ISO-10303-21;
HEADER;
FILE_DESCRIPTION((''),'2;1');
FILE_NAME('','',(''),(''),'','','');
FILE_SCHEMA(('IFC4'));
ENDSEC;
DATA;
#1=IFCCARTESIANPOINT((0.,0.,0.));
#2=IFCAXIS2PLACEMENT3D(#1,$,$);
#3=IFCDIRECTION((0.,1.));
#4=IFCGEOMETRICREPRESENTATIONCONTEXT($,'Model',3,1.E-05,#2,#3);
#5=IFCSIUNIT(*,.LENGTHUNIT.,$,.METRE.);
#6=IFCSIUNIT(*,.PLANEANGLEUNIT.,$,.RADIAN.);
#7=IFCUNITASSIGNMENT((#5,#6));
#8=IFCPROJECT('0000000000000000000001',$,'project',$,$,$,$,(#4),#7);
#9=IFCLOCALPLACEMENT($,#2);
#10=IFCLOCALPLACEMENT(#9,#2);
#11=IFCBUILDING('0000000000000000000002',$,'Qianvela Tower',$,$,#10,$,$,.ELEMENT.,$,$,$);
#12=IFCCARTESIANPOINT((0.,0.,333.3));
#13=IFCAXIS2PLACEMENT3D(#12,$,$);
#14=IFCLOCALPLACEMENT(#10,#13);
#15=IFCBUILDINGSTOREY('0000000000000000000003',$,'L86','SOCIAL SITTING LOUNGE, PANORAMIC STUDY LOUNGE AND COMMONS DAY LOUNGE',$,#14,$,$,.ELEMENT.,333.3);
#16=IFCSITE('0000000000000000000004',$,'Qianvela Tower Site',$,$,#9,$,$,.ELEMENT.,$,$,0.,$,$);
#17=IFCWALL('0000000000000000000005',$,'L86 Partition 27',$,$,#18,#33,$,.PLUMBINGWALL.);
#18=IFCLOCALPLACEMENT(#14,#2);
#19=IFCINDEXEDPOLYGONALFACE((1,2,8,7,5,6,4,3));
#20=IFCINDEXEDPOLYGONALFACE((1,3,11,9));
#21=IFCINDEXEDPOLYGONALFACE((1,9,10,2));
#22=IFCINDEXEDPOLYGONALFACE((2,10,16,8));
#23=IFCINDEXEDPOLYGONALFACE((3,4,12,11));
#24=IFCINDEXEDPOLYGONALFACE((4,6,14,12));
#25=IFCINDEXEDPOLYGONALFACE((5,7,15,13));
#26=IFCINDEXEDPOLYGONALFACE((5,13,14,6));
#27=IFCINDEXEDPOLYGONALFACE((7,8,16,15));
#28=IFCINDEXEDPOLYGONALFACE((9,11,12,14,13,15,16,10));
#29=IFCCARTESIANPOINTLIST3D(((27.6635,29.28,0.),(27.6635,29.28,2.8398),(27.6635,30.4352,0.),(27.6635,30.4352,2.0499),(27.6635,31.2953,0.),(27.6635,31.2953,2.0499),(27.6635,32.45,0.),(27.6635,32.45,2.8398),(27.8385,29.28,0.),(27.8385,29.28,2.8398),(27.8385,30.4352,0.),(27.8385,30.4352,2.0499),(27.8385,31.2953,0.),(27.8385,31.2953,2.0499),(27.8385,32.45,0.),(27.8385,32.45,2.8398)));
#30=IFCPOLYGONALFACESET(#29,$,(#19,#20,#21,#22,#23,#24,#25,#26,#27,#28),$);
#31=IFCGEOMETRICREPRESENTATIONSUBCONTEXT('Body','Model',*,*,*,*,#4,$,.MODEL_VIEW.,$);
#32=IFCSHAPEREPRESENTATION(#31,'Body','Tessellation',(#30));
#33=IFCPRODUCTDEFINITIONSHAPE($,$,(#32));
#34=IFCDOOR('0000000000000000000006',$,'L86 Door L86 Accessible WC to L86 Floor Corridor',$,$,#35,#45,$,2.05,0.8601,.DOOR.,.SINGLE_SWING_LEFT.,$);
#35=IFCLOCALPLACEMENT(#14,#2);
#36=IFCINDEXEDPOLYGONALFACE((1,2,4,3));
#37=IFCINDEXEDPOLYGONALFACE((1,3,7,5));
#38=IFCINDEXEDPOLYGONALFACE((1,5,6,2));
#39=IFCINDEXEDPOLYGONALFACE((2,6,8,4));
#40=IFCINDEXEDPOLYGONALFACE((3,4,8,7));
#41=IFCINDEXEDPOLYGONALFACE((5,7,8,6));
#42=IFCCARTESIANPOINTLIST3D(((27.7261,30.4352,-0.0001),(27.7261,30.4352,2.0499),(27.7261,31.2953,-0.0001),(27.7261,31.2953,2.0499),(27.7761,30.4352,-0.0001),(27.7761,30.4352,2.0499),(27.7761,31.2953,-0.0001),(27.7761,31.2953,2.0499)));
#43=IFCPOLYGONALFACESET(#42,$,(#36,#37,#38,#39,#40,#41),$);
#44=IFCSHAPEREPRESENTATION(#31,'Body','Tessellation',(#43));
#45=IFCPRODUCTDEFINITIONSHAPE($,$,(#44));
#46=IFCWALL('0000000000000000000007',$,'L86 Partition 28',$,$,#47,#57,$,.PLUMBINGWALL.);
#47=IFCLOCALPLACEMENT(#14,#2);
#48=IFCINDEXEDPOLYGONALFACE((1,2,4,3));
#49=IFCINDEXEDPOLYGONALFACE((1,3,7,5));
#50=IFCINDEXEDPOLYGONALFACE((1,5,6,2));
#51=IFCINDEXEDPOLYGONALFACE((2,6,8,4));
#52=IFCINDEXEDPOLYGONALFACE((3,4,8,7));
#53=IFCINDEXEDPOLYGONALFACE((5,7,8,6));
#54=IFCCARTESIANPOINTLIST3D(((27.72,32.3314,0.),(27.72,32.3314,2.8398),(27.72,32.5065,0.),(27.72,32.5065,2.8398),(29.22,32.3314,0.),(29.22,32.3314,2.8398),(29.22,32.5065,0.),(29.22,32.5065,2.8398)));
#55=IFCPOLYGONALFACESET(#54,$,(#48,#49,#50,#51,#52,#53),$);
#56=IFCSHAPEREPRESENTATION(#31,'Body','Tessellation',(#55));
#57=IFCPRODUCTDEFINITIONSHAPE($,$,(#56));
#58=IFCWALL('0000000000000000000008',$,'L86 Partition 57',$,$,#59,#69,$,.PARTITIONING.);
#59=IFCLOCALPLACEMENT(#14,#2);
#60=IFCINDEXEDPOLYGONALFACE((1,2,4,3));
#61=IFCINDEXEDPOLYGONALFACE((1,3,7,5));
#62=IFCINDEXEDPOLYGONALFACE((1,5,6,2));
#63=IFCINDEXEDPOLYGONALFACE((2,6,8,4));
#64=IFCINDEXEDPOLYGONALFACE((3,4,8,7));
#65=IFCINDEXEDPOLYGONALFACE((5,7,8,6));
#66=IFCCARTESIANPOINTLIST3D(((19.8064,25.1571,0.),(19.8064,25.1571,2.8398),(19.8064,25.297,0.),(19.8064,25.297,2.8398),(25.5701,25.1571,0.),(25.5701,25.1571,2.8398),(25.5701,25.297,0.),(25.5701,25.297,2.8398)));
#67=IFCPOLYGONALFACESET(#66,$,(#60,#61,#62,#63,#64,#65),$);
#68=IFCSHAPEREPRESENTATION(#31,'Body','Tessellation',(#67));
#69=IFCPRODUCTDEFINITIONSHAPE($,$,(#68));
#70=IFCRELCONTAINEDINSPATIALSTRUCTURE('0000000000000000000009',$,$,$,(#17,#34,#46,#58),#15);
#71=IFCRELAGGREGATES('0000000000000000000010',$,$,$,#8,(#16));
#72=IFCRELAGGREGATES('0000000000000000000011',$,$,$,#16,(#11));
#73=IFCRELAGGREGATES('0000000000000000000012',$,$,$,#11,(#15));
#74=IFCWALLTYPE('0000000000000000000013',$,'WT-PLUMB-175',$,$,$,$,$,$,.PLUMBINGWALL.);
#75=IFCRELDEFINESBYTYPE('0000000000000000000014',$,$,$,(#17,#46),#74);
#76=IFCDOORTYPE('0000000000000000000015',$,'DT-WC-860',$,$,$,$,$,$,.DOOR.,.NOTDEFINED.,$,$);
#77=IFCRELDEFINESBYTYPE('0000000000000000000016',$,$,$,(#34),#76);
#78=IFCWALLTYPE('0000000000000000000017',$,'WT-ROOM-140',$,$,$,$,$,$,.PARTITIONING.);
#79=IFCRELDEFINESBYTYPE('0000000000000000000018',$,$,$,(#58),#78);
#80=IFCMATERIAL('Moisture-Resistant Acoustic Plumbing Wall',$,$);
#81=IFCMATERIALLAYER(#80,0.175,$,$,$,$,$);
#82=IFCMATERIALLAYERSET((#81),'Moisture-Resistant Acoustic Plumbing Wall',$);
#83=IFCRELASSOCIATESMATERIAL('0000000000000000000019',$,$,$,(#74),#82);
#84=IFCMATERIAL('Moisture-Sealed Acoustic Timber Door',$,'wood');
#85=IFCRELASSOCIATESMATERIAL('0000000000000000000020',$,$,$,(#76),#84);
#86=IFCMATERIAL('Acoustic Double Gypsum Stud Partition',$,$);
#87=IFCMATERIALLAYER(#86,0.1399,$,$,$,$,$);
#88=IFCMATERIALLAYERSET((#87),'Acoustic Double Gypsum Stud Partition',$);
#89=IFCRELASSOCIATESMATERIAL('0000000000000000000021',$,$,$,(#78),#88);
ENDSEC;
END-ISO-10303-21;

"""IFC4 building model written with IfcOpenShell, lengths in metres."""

from ifc_helpers import new_model, si_unit, direction, frame, frame_2d, origin, place, context, subcontext, project, spatial, rectangle, extrude, material, layer, layer_set, type_object, element, fill, save


model = new_model("IFC4")

# Units and contexts
model_context = context("Model", 3, precision=1e-05, world=origin(), true_north=direction((0.0, 1.0)))
body_context = subcontext(model_context, "Body", "Model", "MODEL_VIEW")
ifc_project = project(units=[si_unit("LENGTHUNIT", "METRE"), si_unit("PLANEANGLEUNIT", "RADIAN")], contexts=[model_context])

# Site, building, storey
site_placement = place(None, origin())
site = spatial("IfcSite", under=ifc_project, at=site_placement, Name="Qianvela Tower Site", CompositionType="ELEMENT", RefElevation=0.0)
building_placement = place(site_placement, origin())
building = spatial("IfcBuilding", under=site, at=building_placement, Name="Qianvela Tower", CompositionType="ELEMENT")
storey_placement = place(building_placement, frame((0.0, 0.0, 333.3)))
storey = spatial("IfcBuildingStorey", under=building, at=storey_placement, Name="L86", Description="SOCIAL SITTING LOUNGE, PANORAMIC STUDY LOUNGE AND COMMONS DAY LOUNGE", CompositionType="ELEMENT", Elevation=333.3)

# Shared definitions
ifc_material_1 = material(Name="Moisture-Resistant Acoustic Plumbing Wall")
ifc_layer_1 = layer(ifc_material_1, 0.175)
ifc_layer_set_1 = layer_set([ifc_layer_1], Name="Moisture-Resistant Acoustic Plumbing Wall")
wall_type_1 = type_object("IfcWallType", Name="WT-PLUMB-175", PredefinedType="PLUMBINGWALL", material=ifc_layer_set_1)

# Wall, opening, door
wall_1_placement = place(storey_placement, frame((27.751, 29.28, 0.0), z_axis=(0.0, 0.0, 1.0), x_axis=(0.0, 1.0, 0.0)))
wall_1 = element("IfcWall", 1, at=wall_1_placement, inside=storey, type_object=wall_type_1, Name="L86 Partition 27", PredefinedType="PLUMBINGWALL", context=body_context, shape_type="SweptSolid", body=[
    extrude(rectangle(XDim=3.1699, YDim=0.175, at=frame_2d((1.585, 0.0))), origin(), (0.0, 0.0, 1.0), 2.8398),
])
opening_1_placement = place(wall_1_placement, frame((1.155, 0.0, 0.0)))
opening_1 = element("IfcOpeningElement", 2, at=opening_1_placement, cuts=wall_1, PredefinedType="OPENING", context=body_context, shape_type="SweptSolid", body=[
    extrude(rectangle(XDim=0.8601, YDim=2.05, at=frame_2d((0.4302, 1.0249))), frame((0.0, 0.0974, 0.0), z_axis=(0.0, -1.0, 0.0), x_axis=(1.0, 0.0, 0.0)), (0.0, 0.0, 1.0), 0.1951),
])
ifc_material_2 = material(Name="Moisture-Sealed Acoustic Timber Door", Category="wood")
door_type_1 = type_object("IfcDoorType", Name="DT-WC-860", OperationType="NOTDEFINED", PredefinedType="DOOR", material=ifc_material_2)
door_1_placement = place(opening_1_placement, origin())
door_1 = element("IfcDoor", 3, at=door_1_placement, inside=storey, type_object=door_type_1, Name="L86 Door L86 Accessible WC to L86 Floor Corridor", OperationType="SINGLE_SWING_LEFT", OverallHeight=2.05, OverallWidth=0.8601, PredefinedType="DOOR", context=body_context, shape_type="SweptSolid", body=[
    extrude(rectangle(XDim=0.8601, YDim=2.05, at=frame_2d((0.4302, 1.0249))), frame((0.0, 0.0249, 0.0), z_axis=(0.0, -1.0, 0.0), x_axis=(1.0, 0.0, 0.0)), (0.0, 0.0, 1.0), 0.05),
])
fill(opening_1, door_1)

# Walls
wall_2_placement = place(storey_placement, frame((27.72, 32.4189, 0.0), z_axis=(0.0, 0.0, 1.0), x_axis=(1.0, 0.0, 0.0)))
element("IfcWall", 4, at=wall_2_placement, inside=storey, type_object=wall_type_1, Name="L86 Partition 28", PredefinedType="PLUMBINGWALL", context=body_context, shape_type="SweptSolid", body=[
    extrude(rectangle(XDim=1.5, YDim=0.175, at=frame_2d((0.75, 0.0))), origin(), (0.0, 0.0, 1.0), 2.8398),
])
ifc_material_3 = material(Name="Acoustic Double Gypsum Stud Partition")
ifc_layer_2 = layer(ifc_material_3, 0.1399)
ifc_layer_set_2 = layer_set([ifc_layer_2], Name="Acoustic Double Gypsum Stud Partition")
wall_type_2 = type_object("IfcWallType", Name="WT-ROOM-140", PredefinedType="PARTITIONING", material=ifc_layer_set_2)
wall_3_placement = place(storey_placement, frame((19.8064, 25.2271, 0.0), z_axis=(0.0, 0.0, 1.0), x_axis=(1.0, 0.0, 0.0)))
element("IfcWall", 5, at=wall_3_placement, inside=storey, type_object=wall_type_2, Name="L86 Partition 57", PredefinedType="PARTITIONING", context=body_context, shape_type="SweptSolid", body=[
    extrude(rectangle(XDim=5.7637, YDim=0.1399, at=frame_2d((2.8818, 0.0))), origin(), (0.0, 0.0, 1.0), 2.8398),
])

save(model, "model.ifc")
